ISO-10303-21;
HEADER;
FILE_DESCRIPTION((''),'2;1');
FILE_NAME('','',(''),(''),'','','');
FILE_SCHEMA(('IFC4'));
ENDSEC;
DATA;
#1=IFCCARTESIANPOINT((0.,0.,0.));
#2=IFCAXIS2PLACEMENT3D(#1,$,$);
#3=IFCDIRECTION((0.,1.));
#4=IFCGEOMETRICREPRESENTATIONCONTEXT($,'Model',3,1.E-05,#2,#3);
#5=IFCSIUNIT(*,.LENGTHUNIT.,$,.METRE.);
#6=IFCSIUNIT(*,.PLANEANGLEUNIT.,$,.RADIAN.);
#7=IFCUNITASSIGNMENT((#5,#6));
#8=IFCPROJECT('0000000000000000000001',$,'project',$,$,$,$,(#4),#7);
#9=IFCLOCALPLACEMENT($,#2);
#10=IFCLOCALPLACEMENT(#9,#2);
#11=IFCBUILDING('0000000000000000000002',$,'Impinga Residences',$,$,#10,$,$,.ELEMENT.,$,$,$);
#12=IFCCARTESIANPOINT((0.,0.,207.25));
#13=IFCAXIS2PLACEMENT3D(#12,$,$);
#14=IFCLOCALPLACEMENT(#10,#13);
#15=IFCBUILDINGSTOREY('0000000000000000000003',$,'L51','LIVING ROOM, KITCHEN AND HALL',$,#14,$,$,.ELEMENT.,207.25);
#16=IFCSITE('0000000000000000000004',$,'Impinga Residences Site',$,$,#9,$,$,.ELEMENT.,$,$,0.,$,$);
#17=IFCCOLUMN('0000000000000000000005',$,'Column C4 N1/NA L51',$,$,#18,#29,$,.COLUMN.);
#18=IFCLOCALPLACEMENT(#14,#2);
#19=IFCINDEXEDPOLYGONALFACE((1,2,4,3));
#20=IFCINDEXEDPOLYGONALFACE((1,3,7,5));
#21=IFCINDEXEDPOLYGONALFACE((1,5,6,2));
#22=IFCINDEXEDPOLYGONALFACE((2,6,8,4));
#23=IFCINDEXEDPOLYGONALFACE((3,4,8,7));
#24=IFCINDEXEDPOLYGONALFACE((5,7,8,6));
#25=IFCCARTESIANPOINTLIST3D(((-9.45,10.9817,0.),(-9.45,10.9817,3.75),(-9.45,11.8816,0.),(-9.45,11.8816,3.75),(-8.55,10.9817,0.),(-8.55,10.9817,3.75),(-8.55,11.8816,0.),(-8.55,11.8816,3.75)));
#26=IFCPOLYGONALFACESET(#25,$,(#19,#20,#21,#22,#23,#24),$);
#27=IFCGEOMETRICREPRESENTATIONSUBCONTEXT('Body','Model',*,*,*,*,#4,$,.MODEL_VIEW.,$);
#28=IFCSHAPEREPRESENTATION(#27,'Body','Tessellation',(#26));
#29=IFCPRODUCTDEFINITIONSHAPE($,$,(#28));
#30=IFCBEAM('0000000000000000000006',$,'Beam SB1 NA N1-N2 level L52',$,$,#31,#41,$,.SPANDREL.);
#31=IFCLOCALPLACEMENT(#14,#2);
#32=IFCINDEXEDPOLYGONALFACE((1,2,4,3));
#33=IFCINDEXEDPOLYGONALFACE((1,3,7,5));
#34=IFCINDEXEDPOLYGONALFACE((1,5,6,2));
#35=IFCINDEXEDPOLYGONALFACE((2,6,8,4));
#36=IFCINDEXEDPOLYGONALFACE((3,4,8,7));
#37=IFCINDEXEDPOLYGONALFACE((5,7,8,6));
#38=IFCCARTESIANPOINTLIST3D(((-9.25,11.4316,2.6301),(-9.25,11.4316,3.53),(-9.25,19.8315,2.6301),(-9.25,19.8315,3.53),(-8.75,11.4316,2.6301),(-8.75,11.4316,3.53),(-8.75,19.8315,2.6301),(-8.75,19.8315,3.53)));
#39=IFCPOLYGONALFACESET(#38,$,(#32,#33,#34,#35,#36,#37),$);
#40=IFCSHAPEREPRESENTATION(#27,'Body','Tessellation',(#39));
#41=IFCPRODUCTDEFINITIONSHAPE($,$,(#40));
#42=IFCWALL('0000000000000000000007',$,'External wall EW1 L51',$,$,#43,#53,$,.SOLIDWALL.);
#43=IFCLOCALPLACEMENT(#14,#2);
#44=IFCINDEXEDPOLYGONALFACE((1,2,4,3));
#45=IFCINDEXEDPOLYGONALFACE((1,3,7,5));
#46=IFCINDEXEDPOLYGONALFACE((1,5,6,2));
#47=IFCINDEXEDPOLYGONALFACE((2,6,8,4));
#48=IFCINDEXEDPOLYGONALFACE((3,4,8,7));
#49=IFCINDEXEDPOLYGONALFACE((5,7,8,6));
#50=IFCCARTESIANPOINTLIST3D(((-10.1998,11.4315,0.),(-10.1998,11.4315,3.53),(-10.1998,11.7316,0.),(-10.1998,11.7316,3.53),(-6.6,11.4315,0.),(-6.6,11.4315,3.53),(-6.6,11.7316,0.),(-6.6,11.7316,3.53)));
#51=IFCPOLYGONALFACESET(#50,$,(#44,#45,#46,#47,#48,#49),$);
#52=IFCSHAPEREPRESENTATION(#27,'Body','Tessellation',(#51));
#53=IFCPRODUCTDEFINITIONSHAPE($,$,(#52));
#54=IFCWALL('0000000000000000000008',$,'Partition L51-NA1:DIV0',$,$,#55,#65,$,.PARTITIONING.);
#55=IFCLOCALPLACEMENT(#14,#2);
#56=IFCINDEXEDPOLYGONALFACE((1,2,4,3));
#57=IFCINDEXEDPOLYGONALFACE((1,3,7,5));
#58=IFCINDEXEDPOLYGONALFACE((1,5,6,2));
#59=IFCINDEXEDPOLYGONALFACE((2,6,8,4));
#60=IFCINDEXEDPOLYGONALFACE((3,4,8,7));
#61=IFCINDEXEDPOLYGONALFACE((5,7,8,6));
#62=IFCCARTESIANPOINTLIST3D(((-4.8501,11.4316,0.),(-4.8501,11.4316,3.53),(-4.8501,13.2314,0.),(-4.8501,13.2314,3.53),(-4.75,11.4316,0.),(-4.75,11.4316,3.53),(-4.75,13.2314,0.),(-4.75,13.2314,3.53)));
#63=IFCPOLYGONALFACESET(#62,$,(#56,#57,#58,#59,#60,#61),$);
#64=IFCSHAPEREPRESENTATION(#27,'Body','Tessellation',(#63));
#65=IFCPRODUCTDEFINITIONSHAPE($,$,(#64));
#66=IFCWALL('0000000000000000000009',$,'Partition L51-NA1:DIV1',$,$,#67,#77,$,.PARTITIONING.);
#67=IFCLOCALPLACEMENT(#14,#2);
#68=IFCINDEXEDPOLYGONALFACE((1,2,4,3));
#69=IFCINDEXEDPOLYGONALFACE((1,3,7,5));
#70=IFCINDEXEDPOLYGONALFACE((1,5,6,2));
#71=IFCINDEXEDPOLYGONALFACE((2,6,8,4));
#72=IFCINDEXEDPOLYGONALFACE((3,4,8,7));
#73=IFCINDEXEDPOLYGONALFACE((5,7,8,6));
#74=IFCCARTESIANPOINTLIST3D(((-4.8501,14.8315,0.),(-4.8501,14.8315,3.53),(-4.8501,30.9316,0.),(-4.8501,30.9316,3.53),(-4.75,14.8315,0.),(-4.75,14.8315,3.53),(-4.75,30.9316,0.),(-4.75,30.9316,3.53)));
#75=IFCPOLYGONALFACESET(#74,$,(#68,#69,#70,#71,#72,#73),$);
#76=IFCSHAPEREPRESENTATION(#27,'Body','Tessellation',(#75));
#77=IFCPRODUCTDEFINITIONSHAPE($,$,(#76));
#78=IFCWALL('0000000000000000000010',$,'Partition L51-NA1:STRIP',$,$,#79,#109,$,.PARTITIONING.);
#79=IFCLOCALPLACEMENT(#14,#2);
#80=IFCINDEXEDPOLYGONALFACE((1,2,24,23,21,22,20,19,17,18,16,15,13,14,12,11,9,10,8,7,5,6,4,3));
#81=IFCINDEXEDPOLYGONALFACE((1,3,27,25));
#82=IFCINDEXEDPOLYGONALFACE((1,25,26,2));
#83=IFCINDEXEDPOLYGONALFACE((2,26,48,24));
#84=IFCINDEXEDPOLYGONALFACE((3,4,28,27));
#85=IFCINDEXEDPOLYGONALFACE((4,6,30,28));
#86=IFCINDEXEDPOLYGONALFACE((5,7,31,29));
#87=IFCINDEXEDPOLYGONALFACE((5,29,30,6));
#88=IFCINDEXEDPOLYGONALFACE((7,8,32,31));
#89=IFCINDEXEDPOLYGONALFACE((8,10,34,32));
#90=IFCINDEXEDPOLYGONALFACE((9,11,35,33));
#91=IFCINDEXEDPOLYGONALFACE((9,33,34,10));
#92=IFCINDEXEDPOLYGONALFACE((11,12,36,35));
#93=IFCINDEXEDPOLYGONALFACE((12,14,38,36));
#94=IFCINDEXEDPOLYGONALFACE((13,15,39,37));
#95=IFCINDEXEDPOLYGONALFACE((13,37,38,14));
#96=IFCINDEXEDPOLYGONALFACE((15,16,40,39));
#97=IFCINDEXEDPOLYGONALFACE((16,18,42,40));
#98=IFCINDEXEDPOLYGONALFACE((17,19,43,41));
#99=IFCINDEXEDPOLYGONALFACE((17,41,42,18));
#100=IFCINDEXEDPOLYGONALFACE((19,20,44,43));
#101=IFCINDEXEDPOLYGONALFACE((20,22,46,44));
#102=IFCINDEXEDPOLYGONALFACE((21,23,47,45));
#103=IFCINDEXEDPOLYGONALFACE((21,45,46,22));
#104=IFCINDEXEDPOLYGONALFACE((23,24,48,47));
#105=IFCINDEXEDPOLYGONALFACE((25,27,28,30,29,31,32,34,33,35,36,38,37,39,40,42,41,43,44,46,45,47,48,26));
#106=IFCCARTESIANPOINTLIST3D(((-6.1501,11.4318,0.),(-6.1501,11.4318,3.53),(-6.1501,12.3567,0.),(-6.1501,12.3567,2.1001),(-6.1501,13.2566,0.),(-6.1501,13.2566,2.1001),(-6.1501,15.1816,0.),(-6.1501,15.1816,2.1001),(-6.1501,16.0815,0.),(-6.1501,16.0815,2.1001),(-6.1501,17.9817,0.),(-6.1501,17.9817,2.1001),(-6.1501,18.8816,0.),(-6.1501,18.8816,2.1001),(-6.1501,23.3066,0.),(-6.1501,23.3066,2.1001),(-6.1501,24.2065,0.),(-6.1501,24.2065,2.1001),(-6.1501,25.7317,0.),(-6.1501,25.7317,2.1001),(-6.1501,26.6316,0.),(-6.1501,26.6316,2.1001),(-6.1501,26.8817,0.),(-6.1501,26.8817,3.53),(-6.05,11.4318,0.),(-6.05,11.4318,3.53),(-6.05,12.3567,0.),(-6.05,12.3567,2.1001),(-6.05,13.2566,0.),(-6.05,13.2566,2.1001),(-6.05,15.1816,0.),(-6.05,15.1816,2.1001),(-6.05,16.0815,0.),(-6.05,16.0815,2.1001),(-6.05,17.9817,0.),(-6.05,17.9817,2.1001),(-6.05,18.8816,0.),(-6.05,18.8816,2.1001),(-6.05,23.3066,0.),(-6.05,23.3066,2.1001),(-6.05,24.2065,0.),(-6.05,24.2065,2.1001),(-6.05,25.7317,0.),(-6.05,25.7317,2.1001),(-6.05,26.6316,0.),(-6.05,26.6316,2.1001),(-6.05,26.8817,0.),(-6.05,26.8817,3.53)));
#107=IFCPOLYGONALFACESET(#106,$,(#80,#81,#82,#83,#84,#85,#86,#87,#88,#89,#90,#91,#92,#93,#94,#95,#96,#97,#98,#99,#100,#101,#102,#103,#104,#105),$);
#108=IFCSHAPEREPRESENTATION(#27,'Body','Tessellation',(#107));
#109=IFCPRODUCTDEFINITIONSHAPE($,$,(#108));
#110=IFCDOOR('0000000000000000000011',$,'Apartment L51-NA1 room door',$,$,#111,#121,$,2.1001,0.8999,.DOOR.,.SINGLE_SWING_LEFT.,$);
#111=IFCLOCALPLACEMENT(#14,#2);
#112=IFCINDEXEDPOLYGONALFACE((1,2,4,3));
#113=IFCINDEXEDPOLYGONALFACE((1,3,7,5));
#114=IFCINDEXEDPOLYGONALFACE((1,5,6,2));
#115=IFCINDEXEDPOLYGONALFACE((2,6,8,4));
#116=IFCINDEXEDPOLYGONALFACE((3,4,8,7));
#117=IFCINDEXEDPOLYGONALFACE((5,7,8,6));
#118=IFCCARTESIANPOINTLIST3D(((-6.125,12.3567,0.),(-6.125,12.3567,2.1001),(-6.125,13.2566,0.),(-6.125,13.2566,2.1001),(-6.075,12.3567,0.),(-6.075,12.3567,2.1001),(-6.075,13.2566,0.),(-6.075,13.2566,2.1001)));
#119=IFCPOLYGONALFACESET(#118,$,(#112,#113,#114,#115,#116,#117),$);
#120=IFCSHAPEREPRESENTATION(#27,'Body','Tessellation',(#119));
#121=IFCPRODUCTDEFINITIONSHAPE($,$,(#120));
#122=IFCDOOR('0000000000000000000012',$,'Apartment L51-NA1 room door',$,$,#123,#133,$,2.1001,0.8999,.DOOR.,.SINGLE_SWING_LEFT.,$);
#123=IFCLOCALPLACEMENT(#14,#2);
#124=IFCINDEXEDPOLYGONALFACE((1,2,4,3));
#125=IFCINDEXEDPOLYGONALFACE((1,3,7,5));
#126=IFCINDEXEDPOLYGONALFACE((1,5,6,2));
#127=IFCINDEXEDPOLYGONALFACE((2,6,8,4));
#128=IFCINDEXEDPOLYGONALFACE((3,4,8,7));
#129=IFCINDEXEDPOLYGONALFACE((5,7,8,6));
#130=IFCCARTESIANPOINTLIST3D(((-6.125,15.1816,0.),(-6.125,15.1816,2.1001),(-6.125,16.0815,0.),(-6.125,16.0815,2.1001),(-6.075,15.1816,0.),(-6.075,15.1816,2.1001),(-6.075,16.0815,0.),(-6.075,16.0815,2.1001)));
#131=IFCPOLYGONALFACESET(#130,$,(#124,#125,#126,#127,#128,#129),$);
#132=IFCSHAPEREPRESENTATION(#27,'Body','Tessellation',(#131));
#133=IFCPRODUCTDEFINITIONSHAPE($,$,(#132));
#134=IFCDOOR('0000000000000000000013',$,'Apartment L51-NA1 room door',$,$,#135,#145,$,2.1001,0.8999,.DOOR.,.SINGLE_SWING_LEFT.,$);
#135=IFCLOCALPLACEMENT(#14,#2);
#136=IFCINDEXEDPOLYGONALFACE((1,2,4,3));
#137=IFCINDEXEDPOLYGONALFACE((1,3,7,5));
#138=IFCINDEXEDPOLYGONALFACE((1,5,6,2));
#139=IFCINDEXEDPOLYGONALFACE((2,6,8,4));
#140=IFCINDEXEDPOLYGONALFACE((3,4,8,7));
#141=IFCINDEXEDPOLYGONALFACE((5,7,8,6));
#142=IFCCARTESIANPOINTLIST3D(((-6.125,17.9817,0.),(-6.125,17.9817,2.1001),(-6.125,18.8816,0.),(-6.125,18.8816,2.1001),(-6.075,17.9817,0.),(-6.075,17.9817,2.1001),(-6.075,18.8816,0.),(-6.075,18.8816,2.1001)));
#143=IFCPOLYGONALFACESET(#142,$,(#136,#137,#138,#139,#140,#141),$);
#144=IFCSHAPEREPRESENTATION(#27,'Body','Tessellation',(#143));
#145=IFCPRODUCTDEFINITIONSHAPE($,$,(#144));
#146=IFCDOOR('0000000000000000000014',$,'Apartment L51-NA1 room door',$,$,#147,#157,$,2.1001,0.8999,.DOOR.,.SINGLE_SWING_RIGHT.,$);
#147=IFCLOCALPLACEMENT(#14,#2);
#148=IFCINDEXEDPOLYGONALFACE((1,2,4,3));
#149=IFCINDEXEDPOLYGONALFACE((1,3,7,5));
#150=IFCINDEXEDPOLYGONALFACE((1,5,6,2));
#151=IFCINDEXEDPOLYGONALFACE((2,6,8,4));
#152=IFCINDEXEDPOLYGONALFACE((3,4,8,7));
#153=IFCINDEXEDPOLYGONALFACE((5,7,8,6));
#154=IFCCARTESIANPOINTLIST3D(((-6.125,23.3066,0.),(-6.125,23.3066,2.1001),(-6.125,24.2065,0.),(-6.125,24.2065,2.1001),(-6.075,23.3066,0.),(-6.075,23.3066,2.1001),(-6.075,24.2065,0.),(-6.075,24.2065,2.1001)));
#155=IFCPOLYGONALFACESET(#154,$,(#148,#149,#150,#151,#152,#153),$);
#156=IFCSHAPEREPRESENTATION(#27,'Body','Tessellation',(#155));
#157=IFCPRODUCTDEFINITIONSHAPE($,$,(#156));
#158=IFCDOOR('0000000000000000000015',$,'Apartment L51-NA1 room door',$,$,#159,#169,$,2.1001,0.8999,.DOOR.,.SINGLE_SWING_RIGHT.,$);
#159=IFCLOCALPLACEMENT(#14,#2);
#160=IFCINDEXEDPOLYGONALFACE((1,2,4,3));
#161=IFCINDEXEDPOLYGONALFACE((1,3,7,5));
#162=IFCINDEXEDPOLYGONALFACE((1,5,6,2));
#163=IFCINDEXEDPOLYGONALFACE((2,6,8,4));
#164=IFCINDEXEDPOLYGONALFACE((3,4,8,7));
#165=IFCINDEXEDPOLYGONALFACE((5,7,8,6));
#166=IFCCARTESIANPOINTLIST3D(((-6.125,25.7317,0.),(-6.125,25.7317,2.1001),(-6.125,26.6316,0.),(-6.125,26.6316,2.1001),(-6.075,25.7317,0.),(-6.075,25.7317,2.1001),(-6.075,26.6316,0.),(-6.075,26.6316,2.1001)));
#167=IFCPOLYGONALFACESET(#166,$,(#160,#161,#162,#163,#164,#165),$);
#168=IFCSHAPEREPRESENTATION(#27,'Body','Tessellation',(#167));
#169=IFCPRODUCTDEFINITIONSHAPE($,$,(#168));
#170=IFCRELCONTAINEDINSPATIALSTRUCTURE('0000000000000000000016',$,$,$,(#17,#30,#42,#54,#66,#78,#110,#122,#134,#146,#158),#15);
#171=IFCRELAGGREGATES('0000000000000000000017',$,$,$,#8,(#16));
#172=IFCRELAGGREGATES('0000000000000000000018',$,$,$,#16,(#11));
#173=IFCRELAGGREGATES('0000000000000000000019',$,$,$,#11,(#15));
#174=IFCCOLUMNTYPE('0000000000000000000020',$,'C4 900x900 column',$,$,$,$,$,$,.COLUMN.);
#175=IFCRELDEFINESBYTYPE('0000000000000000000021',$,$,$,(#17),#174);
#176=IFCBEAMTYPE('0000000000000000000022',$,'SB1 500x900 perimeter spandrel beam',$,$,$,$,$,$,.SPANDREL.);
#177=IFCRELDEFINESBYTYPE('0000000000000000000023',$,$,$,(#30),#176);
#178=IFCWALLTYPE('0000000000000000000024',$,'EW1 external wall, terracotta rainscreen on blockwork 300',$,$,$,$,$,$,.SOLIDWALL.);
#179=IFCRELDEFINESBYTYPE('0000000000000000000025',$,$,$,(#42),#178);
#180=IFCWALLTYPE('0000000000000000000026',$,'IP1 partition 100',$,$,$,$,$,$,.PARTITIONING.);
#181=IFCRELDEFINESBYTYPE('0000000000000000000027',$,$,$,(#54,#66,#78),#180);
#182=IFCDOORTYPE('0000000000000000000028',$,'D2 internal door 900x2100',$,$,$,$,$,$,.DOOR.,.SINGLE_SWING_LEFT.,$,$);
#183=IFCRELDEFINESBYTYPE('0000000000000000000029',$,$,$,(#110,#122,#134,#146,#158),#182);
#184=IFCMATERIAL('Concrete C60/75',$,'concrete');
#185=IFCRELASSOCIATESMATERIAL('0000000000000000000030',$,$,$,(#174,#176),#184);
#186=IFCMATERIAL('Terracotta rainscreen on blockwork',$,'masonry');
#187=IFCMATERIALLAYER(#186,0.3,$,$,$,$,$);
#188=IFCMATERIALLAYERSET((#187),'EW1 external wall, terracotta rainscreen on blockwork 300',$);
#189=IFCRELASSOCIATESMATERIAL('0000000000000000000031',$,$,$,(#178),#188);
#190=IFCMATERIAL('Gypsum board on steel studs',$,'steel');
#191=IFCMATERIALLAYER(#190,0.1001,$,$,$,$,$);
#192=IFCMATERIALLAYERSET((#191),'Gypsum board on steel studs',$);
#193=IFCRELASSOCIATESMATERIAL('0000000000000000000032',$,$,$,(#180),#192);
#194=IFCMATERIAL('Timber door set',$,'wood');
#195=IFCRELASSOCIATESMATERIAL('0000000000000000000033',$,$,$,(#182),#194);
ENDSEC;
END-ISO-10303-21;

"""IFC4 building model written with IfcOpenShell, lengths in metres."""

from ifc_helpers import new_model, si_unit, direction, frame, frame_2d, origin, origin_2d, place, context, subcontext, project, spatial, rectangle, extrude, material, layer, layer_set, material_profile, profile_set, type_object, element, fill, save


model = new_model("IFC4")

# Units and contexts
model_context = context("Model", 3, precision=1e-05, world=origin(), true_north=direction((0.0, 1.0)))
body_context = subcontext(model_context, "Body", "Model", "MODEL_VIEW")
ifc_project = project(units=[si_unit("LENGTHUNIT", "METRE"), si_unit("PLANEANGLEUNIT", "RADIAN")], contexts=[model_context])

# Site, building, storey
site_placement = place(None, origin())
site = spatial("IfcSite", under=ifc_project, at=site_placement, Name="Impinga Residences Site", CompositionType="ELEMENT", RefElevation=0.0)
building_placement = place(site_placement, origin())
building = spatial("IfcBuilding", under=site, at=building_placement, Name="Impinga Residences", CompositionType="ELEMENT")
storey_placement = place(building_placement, frame((0.0, 0.0, 207.25)))
storey = spatial("IfcBuildingStorey", under=building, at=storey_placement, Name="L51", Description="LIVING ROOM, KITCHEN AND HALL", CompositionType="ELEMENT", Elevation=207.25)

# Column
ifc_material_1 = material(Name="Concrete C60/75", Category="concrete")
ifc_material_profile_1 = material_profile(ifc_material_1, rectangle(XDim=0.8999, YDim=0.8999, at=origin_2d()), Name="RC 900x900")
ifc_profile_set_1 = profile_set([ifc_material_profile_1], Name="Concrete C60/75")
column_type = type_object("IfcColumnType", Name="C4 900x900 column", PredefinedType="COLUMN", material=ifc_profile_set_1)
column_placement = place(storey_placement, frame((-9.0, 11.4316, 0.0), z_axis=(0.0, 0.0, 1.0), x_axis=(1.0, 0.0, 0.0)))
element("IfcColumn", 1, at=column_placement, inside=storey, type_object=column_type, Name="Column C4 N1/NA L51", PredefinedType="COLUMN", context=body_context, shape_type="SweptSolid", body=[
    extrude(rectangle(XDim=0.8999, YDim=0.8999, at=origin_2d()), origin(), (0.0, 0.0, 1.0), 3.75),
])

# Beam
ifc_material_profile_2 = material_profile(ifc_material_1, rectangle(XDim=0.5, YDim=0.8999, at=origin_2d()), Name="RC 500x900")
ifc_profile_set_2 = profile_set([ifc_material_profile_2], Name="Concrete C60/75")
beam_type = type_object("IfcBeamType", Name="SB1 500x900 perimeter spandrel beam", PredefinedType="SPANDREL", material=ifc_profile_set_2)
beam_placement = place(storey_placement, frame((-9.0, 11.4316, 3.0801), z_axis=(0.0, 1.0, 0.0), x_axis=(-1.0, 0.0, 0.0)))
element("IfcBeam", 2, at=beam_placement, inside=storey, type_object=beam_type, Name="Beam SB1 NA N1-N2 level L52", PredefinedType="SPANDREL", context=body_context, shape_type="SweptSolid", body=[
    extrude(rectangle(XDim=0.5, YDim=0.8999, at=origin_2d()), origin(), (0.0, 0.0, 1.0), 8.3999),
])

# Walls
ifc_material_2 = material(Name="Terracotta rainscreen on blockwork", Category="masonry")
ifc_layer_1 = layer(ifc_material_2, 0.3)
ifc_layer_set_1 = layer_set([ifc_layer_1], Name="EW1 external wall, terracotta rainscreen on blockwork 300")
wall_type_1 = type_object("IfcWallType", Name="EW1 external wall, terracotta rainscreen on blockwork 300", PredefinedType="SOLIDWALL", material=ifc_layer_set_1)
wall_1_placement = place(storey_placement, frame((-6.6001, 11.5815, 0.0), z_axis=(0.0, 0.0, 1.0), x_axis=(-1.0, 0.0, 0.0)))
element("IfcWall", 3, at=wall_1_placement, inside=storey, type_object=wall_type_1, Name="External wall EW1 L51", PredefinedType="SOLIDWALL", context=body_context, shape_type="SweptSolid", body=[
    extrude(rectangle(XDim=3.5999, YDim=0.3, at=frame_2d((1.7998, 0.0))), origin(), (0.0, 0.0, 1.0), 3.53),
])
ifc_material_3 = material(Name="Gypsum board on steel studs", Category="steel")
ifc_layer_2 = layer(ifc_material_3, 0.1001)
ifc_layer_set_2 = layer_set([ifc_layer_2], Name="Gypsum board on steel studs")
wall_type_2 = type_object("IfcWallType", Name="IP1 partition 100", PredefinedType="PARTITIONING", material=ifc_layer_set_2)
wall_2_placement = place(storey_placement, frame((-4.8, 11.4316, 0.0), z_axis=(0.0, 0.0, 1.0), x_axis=(0.0, 1.0, 0.0)))
element("IfcWall", 4, at=wall_2_placement, inside=storey, type_object=wall_type_2, Name="Partition L51-NA1:DIV0", PredefinedType="PARTITIONING", context=body_context, shape_type="SweptSolid", body=[
    extrude(rectangle(XDim=1.7998, YDim=0.1001, at=frame_2d((0.8999, 0.0))), origin(), (0.0, 0.0, 1.0), 3.53),
])
wall_3_placement = place(storey_placement, frame((-4.8, 14.8315, 0.0), z_axis=(0.0, 0.0, 1.0), x_axis=(0.0, 1.0, 0.0)))
element("IfcWall", 5, at=wall_3_placement, inside=storey, type_object=wall_type_2, Name="Partition L51-NA1:DIV1", PredefinedType="PARTITIONING", context=body_context, shape_type="SweptSolid", body=[
    extrude(rectangle(XDim=16.1001, YDim=0.1001, at=frame_2d((8.05, 0.0))), origin(), (0.0, 0.0, 1.0), 3.53),
])

# Wall, openings, doors
wall_4_placement = place(storey_placement, frame((-6.1001, 11.4316, 0.0), z_axis=(0.0, 0.0, 1.0), x_axis=(0.0, 1.0, 0.0)))
wall_4 = element("IfcWall", 6, at=wall_4_placement, inside=storey, type_object=wall_type_2, Name="Partition L51-NA1:STRIP", PredefinedType="PARTITIONING", context=body_context, shape_type="SweptSolid", body=[
    extrude(rectangle(XDim=15.45, YDim=0.1001, at=frame_2d((7.7251, 0.0))), origin(), (0.0, 0.0, 1.0), 3.53),
])
opening_1_placement = place(wall_4_placement, frame((0.925, 0.0, 0.0)))
opening_1 = element("IfcOpeningElement", 7, at=opening_1_placement, cuts=wall_4, PredefinedType="OPENING", context=body_context, shape_type="SweptSolid", body=[
    extrude(rectangle(XDim=0.8999, YDim=2.1001, at=frame_2d((0.45, 1.05))), frame((0.0, 0.0601, 0.0), z_axis=(0.0, -1.0, 0.0), x_axis=(1.0, 0.0, 0.0)), (0.0, 0.0, 1.0), 0.1201),
])
opening_2_placement = place(wall_4_placement, frame((3.75, 0.0, 0.0)))
opening_2 = element("IfcOpeningElement", 8, at=opening_2_placement, cuts=wall_4, PredefinedType="OPENING", context=body_context, shape_type="SweptSolid", body=[
    extrude(rectangle(XDim=0.8999, YDim=2.1001, at=frame_2d((0.45, 1.05))), frame((0.0, 0.0601, 0.0), z_axis=(0.0, -1.0, 0.0), x_axis=(1.0, 0.0, 0.0)), (0.0, 0.0, 1.0), 0.1201),
])
opening_3_placement = place(wall_4_placement, frame((6.55, 0.0, 0.0)))
opening_3 = element("IfcOpeningElement", 9, at=opening_3_placement, cuts=wall_4, PredefinedType="OPENING", context=body_context, shape_type="SweptSolid", body=[
    extrude(rectangle(XDim=0.8999, YDim=2.1001, at=frame_2d((0.45, 1.05))), frame((0.0, 0.0601, 0.0), z_axis=(0.0, -1.0, 0.0), x_axis=(1.0, 0.0, 0.0)), (0.0, 0.0, 1.0), 0.1201),
])
opening_4_placement = place(wall_4_placement, frame((11.875, 0.0, 0.0)))
opening_4 = element("IfcOpeningElement", 10, at=opening_4_placement, cuts=wall_4, PredefinedType="OPENING", context=body_context, shape_type="SweptSolid", body=[
    extrude(rectangle(XDim=0.8999, YDim=2.1001, at=frame_2d((0.45, 1.05))), frame((0.0, 0.0601, 0.0), z_axis=(0.0, -1.0, 0.0), x_axis=(1.0, 0.0, 0.0)), (0.0, 0.0, 1.0), 0.1201),
])
opening_5_placement = place(wall_4_placement, frame((14.3, 0.0, 0.0)))
opening_5 = element("IfcOpeningElement", 11, at=opening_5_placement, cuts=wall_4, PredefinedType="OPENING", context=body_context, shape_type="SweptSolid", body=[
    extrude(rectangle(XDim=0.8999, YDim=2.1001, at=frame_2d((0.45, 1.05))), frame((0.0, 0.0601, 0.0), z_axis=(0.0, -1.0, 0.0), x_axis=(1.0, 0.0, 0.0)), (0.0, 0.0, 1.0), 0.1201),
])
ifc_material_4 = material(Name="Timber door set", Category="wood")
door_type = type_object("IfcDoorType", Name="D2 internal door 900x2100", OperationType="SINGLE_SWING_LEFT", PredefinedType="DOOR", material=ifc_material_4)
door_1_placement = place(opening_1_placement, origin())
door_1 = element("IfcDoor", 12, at=door_1_placement, inside=storey, type_object=door_type, Name="Apartment L51-NA1 room door", OperationType="SINGLE_SWING_LEFT", OverallHeight=2.1001, OverallWidth=0.8999, PredefinedType="DOOR", context=body_context, shape_type="SweptSolid", body=[
    extrude(rectangle(XDim=0.8999, YDim=2.1001, at=frame_2d((0.45, 1.05))), frame((0.0, 0.0249, 0.0), z_axis=(0.0, -1.0, 0.0), x_axis=(1.0, 0.0, 0.0)), (0.0, 0.0, 1.0), 0.05),
])
fill(opening_1, door_1)
door_2_placement = place(opening_2_placement, origin())
door_2 = element("IfcDoor", 13, at=door_2_placement, inside=storey, type_object=door_type, Name="Apartment L51-NA1 room door", OperationType="SINGLE_SWING_LEFT", OverallHeight=2.1001, OverallWidth=0.8999, PredefinedType="DOOR", context=body_context, shape_type="SweptSolid", body=[
    extrude(rectangle(XDim=0.8999, YDim=2.1001, at=frame_2d((0.45, 1.05))), frame((0.0, 0.0249, 0.0), z_axis=(0.0, -1.0, 0.0), x_axis=(1.0, 0.0, 0.0)), (0.0, 0.0, 1.0), 0.05),
])
fill(opening_2, door_2)
door_3_placement = place(opening_3_placement, origin())
door_3 = element("IfcDoor", 14, at=door_3_placement, inside=storey, type_object=door_type, Name="Apartment L51-NA1 room door", OperationType="SINGLE_SWING_LEFT", OverallHeight=2.1001, OverallWidth=0.8999, PredefinedType="DOOR", context=body_context, shape_type="SweptSolid", body=[
    extrude(rectangle(XDim=0.8999, YDim=2.1001, at=frame_2d((0.45, 1.05))), frame((0.0, 0.0249, 0.0), z_axis=(0.0, -1.0, 0.0), x_axis=(1.0, 0.0, 0.0)), (0.0, 0.0, 1.0), 0.05),
])
fill(opening_3, door_3)
door_4_placement = place(opening_4_placement, origin())
door_4 = element("IfcDoor", 15, at=door_4_placement, inside=storey, type_object=door_type, Name="Apartment L51-NA1 room door", OperationType="SINGLE_SWING_RIGHT", OverallHeight=2.1001, OverallWidth=0.8999, PredefinedType="DOOR", context=body_context, shape_type="SweptSolid", body=[
    extrude(rectangle(XDim=0.8999, YDim=2.1001, at=frame_2d((0.45, 1.05))), frame((0.0, 0.0249, 0.0), z_axis=(0.0, -1.0, 0.0), x_axis=(1.0, 0.0, 0.0)), (0.0, 0.0, 1.0), 0.05),
])
fill(opening_4, door_4)
door_5_placement = place(opening_5_placement, origin())
door_5 = element("IfcDoor", 16, at=door_5_placement, inside=storey, type_object=door_type, Name="Apartment L51-NA1 room door", OperationType="SINGLE_SWING_RIGHT", OverallHeight=2.1001, OverallWidth=0.8999, PredefinedType="DOOR", context=body_context, shape_type="SweptSolid", body=[
    extrude(rectangle(XDim=0.8999, YDim=2.1001, at=frame_2d((0.45, 1.05))), frame((0.0, 0.0249, 0.0), z_axis=(0.0, -1.0, 0.0), x_axis=(1.0, 0.0, 0.0)), (0.0, 0.0, 1.0), 0.05),
])
fill(opening_5, door_5)

save(model, "model.ifc")
